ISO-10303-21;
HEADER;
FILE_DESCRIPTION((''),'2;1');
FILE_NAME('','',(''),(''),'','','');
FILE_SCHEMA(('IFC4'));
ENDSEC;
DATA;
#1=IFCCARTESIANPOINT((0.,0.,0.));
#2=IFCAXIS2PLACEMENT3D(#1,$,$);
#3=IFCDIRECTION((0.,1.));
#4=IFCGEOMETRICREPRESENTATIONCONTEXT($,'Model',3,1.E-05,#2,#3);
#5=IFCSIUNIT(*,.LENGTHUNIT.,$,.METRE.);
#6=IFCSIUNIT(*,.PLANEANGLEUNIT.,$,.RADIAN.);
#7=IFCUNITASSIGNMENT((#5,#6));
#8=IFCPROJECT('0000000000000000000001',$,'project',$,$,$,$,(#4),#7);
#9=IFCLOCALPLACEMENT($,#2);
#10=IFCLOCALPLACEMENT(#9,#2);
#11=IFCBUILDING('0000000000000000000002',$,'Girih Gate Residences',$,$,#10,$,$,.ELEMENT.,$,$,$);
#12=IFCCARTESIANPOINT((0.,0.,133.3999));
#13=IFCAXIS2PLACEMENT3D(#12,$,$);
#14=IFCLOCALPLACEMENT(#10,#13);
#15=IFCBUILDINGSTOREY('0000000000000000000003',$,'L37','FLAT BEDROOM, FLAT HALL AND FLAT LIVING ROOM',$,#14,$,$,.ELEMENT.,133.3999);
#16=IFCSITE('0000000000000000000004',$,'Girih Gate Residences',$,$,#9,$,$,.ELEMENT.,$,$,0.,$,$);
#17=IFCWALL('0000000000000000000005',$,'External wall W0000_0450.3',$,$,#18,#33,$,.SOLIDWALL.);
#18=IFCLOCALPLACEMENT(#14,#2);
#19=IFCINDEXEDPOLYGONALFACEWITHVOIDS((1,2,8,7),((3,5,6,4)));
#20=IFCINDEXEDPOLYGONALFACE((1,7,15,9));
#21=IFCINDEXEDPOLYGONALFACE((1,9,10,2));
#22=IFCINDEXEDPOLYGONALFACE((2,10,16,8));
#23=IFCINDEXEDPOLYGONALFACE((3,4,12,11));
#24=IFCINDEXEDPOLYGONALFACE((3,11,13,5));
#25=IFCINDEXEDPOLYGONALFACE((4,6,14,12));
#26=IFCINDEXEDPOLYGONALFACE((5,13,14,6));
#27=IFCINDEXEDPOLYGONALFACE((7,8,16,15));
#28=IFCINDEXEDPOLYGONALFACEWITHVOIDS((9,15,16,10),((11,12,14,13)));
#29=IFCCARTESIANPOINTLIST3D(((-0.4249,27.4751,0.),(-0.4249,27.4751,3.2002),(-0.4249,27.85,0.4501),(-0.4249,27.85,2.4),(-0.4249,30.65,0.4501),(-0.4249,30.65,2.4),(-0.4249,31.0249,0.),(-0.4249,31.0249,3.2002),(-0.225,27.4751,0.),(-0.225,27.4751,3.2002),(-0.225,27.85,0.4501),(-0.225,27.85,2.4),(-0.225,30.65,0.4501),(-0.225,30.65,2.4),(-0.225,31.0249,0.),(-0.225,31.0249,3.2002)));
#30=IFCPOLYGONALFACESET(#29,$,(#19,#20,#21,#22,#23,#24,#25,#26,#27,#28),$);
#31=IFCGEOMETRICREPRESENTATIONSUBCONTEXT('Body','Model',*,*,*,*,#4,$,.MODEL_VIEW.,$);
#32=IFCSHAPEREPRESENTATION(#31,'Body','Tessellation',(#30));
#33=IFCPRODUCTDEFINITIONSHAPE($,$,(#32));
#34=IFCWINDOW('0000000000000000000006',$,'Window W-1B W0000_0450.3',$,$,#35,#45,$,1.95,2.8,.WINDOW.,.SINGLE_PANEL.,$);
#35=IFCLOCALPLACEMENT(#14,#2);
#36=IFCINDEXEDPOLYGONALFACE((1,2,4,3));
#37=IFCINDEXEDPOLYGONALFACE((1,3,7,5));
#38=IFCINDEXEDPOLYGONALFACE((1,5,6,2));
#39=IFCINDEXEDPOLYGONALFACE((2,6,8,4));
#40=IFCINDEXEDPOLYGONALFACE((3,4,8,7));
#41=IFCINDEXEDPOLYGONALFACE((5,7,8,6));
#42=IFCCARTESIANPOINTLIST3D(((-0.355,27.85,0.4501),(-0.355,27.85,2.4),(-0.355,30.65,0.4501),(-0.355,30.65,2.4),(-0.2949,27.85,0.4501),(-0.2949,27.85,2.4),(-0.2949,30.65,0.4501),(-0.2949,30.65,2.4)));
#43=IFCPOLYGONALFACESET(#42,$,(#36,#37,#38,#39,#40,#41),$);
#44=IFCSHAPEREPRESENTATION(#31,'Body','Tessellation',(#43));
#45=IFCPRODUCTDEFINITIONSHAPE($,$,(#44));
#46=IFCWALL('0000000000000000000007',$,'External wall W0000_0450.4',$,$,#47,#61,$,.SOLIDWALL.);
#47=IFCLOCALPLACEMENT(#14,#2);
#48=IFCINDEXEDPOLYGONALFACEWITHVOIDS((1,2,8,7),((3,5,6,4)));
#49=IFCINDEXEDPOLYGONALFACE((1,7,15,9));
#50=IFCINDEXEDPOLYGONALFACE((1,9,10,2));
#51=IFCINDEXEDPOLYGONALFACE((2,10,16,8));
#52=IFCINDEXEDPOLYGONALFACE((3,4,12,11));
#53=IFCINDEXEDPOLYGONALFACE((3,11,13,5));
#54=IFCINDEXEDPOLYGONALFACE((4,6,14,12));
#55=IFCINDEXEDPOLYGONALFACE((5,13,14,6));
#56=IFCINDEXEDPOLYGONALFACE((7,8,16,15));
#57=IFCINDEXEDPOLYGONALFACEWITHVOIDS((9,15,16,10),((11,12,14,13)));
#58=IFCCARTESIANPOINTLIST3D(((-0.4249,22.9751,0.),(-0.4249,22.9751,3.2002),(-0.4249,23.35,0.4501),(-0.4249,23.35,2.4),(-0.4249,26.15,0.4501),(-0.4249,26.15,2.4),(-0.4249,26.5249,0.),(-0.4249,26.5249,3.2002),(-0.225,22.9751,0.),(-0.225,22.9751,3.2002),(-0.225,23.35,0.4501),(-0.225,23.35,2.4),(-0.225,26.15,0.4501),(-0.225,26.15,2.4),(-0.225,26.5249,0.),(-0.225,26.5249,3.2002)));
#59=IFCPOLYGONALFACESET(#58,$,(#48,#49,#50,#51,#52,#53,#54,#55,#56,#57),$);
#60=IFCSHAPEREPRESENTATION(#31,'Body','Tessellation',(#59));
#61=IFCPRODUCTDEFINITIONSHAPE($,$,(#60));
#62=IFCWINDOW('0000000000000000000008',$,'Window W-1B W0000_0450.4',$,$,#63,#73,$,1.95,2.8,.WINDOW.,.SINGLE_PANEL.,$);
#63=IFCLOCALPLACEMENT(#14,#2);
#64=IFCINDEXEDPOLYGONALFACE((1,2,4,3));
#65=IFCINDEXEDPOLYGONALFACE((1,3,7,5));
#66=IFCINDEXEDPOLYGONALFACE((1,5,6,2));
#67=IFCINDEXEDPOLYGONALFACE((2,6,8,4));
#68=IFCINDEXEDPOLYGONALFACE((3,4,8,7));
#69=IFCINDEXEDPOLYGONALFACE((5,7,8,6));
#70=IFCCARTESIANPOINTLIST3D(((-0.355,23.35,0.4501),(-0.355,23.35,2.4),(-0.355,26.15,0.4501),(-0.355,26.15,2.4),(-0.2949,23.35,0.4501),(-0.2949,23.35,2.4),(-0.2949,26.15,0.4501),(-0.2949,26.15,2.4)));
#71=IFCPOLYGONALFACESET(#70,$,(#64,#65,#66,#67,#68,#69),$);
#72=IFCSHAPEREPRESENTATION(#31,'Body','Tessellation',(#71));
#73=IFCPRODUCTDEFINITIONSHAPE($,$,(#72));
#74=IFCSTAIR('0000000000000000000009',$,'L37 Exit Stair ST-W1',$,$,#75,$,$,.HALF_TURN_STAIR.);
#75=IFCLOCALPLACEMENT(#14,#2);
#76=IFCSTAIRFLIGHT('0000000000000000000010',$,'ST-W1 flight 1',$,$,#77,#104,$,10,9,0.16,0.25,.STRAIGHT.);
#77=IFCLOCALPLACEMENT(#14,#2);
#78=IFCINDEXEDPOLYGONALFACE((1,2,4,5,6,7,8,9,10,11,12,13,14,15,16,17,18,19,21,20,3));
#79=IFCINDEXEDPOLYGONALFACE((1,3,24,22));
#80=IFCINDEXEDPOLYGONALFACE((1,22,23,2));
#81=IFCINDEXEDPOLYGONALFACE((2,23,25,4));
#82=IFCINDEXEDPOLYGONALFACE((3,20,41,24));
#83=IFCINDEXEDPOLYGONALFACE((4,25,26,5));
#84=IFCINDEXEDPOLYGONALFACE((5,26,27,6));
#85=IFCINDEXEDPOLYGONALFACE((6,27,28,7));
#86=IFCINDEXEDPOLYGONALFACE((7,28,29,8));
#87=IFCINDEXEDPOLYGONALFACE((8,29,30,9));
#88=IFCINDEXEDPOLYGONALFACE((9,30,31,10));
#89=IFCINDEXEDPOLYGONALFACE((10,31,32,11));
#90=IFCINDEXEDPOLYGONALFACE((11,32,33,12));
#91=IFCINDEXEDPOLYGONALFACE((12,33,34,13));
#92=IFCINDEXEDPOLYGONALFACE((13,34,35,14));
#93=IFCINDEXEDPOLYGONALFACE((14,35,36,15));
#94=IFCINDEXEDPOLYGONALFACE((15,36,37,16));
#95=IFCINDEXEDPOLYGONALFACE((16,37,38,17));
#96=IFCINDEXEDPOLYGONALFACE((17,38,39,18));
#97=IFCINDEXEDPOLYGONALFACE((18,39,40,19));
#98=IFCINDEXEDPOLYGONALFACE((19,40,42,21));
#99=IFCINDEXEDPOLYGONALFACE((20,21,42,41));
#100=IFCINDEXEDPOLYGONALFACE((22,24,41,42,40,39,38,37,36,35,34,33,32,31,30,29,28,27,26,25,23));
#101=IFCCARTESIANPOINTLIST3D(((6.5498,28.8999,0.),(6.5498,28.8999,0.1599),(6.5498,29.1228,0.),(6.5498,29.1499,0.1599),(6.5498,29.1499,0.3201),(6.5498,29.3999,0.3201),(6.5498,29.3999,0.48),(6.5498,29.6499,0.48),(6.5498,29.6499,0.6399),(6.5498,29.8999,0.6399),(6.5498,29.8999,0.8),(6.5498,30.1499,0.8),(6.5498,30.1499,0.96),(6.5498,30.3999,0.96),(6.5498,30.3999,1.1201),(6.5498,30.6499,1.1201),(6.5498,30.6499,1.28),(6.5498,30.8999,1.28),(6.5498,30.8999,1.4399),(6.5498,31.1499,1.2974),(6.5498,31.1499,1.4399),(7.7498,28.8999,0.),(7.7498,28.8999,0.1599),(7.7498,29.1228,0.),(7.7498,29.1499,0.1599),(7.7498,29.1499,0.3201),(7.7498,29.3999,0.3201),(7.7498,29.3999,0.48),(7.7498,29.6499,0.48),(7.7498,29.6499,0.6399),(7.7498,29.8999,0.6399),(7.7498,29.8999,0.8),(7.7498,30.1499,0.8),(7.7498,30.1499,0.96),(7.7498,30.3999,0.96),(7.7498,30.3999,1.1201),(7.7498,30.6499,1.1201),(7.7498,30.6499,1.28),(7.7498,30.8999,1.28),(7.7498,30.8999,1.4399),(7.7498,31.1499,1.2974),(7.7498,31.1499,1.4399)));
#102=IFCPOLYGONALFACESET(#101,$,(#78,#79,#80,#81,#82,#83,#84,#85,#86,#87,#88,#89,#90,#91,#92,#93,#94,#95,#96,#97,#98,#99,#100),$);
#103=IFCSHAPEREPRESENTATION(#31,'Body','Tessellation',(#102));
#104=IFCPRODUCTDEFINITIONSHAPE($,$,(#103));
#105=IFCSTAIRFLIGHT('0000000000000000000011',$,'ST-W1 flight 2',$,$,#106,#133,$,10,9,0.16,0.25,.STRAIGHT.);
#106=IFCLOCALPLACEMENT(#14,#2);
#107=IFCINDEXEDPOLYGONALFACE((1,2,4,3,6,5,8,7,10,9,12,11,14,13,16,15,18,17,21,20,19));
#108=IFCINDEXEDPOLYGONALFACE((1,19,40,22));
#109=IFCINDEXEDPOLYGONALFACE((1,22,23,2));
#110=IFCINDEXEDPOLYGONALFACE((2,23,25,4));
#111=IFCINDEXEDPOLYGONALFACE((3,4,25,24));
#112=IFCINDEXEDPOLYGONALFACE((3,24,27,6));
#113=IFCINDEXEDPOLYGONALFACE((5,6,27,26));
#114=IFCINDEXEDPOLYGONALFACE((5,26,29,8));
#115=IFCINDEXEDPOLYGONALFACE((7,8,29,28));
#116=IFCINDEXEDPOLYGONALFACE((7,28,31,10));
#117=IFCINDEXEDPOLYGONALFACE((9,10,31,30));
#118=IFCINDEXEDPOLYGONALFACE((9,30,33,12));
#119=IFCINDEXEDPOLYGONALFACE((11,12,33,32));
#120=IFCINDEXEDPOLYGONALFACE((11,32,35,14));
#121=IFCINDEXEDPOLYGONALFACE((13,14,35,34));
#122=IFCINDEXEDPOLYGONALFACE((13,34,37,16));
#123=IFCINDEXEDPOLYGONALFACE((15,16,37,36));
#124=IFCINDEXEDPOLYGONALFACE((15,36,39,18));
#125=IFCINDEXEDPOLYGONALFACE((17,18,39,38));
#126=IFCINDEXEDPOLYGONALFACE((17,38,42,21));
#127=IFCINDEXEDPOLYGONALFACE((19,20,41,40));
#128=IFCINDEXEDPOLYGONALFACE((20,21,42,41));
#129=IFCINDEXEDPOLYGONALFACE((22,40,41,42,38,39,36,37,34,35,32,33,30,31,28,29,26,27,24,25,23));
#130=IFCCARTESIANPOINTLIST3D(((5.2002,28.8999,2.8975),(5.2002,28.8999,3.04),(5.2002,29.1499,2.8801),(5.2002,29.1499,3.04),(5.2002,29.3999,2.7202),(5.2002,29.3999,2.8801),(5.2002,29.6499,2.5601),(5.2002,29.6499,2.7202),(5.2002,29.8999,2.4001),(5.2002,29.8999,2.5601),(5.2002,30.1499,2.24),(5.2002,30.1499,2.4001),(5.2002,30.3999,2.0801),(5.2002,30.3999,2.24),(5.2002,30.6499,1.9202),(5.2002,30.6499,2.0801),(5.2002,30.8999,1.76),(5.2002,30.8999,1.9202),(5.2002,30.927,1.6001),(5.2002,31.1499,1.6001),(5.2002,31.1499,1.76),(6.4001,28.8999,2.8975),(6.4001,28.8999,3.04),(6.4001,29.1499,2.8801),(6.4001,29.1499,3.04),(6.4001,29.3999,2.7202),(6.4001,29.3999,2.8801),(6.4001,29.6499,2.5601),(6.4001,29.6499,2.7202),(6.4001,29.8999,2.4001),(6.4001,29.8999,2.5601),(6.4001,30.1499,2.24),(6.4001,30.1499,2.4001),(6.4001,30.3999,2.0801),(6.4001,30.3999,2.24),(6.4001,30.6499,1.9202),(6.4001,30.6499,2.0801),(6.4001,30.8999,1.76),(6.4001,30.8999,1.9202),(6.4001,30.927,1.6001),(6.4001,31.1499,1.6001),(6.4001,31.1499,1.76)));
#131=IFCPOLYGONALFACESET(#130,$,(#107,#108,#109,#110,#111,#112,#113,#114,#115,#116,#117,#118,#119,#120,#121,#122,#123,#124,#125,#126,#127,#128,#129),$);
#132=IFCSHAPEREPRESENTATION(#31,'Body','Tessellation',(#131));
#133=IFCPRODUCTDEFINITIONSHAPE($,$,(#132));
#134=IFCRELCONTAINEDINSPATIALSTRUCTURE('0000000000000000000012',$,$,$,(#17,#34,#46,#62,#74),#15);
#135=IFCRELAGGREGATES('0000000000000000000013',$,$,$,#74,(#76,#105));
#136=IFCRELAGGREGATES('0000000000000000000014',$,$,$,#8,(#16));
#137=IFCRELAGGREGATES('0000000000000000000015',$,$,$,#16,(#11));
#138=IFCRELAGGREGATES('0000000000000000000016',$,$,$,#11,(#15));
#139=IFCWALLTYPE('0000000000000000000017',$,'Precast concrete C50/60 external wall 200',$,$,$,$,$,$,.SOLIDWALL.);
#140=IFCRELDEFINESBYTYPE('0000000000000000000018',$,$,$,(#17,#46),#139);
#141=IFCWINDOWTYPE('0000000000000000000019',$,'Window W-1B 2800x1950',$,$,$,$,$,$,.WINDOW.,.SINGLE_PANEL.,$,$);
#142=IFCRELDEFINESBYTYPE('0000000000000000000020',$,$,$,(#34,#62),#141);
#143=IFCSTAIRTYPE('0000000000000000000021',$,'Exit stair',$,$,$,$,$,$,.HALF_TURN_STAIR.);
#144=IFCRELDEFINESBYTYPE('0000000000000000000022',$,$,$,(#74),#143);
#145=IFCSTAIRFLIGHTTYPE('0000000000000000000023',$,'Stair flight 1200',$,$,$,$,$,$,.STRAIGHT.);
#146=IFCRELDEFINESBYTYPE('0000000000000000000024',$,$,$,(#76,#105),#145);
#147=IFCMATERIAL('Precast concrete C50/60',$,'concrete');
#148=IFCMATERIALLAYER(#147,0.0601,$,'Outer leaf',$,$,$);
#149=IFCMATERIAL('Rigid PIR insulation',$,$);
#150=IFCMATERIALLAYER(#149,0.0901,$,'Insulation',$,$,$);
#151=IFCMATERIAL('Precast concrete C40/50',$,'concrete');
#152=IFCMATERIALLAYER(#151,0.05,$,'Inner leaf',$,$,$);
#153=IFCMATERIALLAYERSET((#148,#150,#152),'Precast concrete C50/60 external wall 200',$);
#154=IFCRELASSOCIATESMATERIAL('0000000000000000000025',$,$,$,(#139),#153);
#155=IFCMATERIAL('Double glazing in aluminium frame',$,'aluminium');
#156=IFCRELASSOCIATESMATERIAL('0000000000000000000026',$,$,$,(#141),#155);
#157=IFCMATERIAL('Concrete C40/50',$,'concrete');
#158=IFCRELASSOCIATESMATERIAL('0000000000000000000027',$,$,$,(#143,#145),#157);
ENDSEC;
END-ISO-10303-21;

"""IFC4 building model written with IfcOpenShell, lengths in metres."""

from ifc_helpers import new_model, si_unit, direction, frame, frame_2d, origin, place, context, subcontext, project, spatial, polyline, rectangle, outline, extrude, material, layer, layer_set, type_object, element, fill, aggregate, save


model = new_model("IFC4")

# Units and contexts
model_context = context("Model", 3, precision=1e-05, world=origin(), true_north=direction((0.0, 1.0)))
body_context = subcontext(model_context, "Body", "Model", "MODEL_VIEW")
ifc_project = project(units=[si_unit("LENGTHUNIT", "METRE"), si_unit("PLANEANGLEUNIT", "RADIAN")], contexts=[model_context])

# Site, building, storey
site_placement = place(None, origin())
site = spatial("IfcSite", under=ifc_project, at=site_placement, Name="Girih Gate Residences", CompositionType="ELEMENT", RefElevation=0.0)
building_placement = place(site_placement, origin())
building = spatial("IfcBuilding", under=site, at=building_placement, Name="Girih Gate Residences", CompositionType="ELEMENT")
storey_placement = place(building_placement, frame((0.0, 0.0, 133.3999)))
storey = spatial("IfcBuildingStorey", under=building, at=storey_placement, Name="L37", Description="FLAT BEDROOM, FLAT HALL AND FLAT LIVING ROOM", CompositionType="ELEMENT", Elevation=133.3999)

# Walls, openings, windows
ifc_material_1 = material(Name="Precast concrete C50/60", Category="concrete")
ifc_layer_1 = layer(ifc_material_1, 0.0601, Name="Outer leaf")
ifc_material_2 = material(Name="Rigid PIR insulation")
ifc_layer_2 = layer(ifc_material_2, 0.0901, Name="Insulation")
ifc_material_3 = material(Name="Precast concrete C40/50", Category="concrete")
ifc_layer_3 = layer(ifc_material_3, 0.05, Name="Inner leaf")
ifc_layer_set_1 = layer_set([ifc_layer_1, ifc_layer_2, ifc_layer_3], Name="Precast concrete C50/60 external wall 200")
wall_type_1 = type_object("IfcWallType", Name="Precast concrete C50/60 external wall 200", PredefinedType="SOLIDWALL", material=ifc_layer_set_1)
wall_1_placement = place(storey_placement, frame((-0.325, 27.4751, 0.0), z_axis=(0.0, 0.0, 1.0), x_axis=(0.0, 1.0, 0.0)))
wall_1 = element("IfcWall", 1, at=wall_1_placement, inside=storey, type_object=wall_type_1, Name="External wall W0000_0450.3", PredefinedType="SOLIDWALL", context=body_context, shape_type="SweptSolid", body=[
    extrude(rectangle(XDim=3.5498, YDim=0.2, at=frame_2d((1.7749, 0.0))), origin(), (0.0, 0.0, 1.0), 3.2002),
])
opening_1_placement = place(wall_1_placement, frame((0.375, 0.0, 0.45)))
opening_1 = element("IfcOpeningElement", 2, at=opening_1_placement, cuts=wall_1, PredefinedType="OPENING", context=body_context, shape_type="SweptSolid", body=[
    extrude(rectangle(XDim=2.8, YDim=1.95, at=frame_2d((1.3999, 0.9751))), frame((0.0, 0.1099, 0.0), z_axis=(0.0, -1.0, 0.0), x_axis=(1.0, 0.0, 0.0)), (0.0, 0.0, 1.0), 0.22),
])
ifc_material_4 = material(Name="Double glazing in aluminium frame", Category="aluminium")
window_type = type_object("IfcWindowType", Name="Window W-1B 2800x1950", PartitioningType="SINGLE_PANEL", PredefinedType="WINDOW", material=ifc_material_4)
window_1_placement = place(opening_1_placement, origin())
window_1 = element("IfcWindow", 3, at=window_1_placement, inside=storey, type_object=window_type, Name="Window W-1B W0000_0450.3", OverallHeight=1.95, OverallWidth=2.8, PartitioningType="SINGLE_PANEL", PredefinedType="WINDOW", context=body_context, shape_type="SweptSolid", body=[
    extrude(rectangle(XDim=2.8, YDim=1.95, at=frame_2d((1.3999, 0.9751))), frame((0.0, 0.03, 0.0), z_axis=(0.0, -1.0, 0.0), x_axis=(1.0, 0.0, 0.0)), (0.0, 0.0, 1.0), 0.0601),
])
fill(opening_1, window_1)
wall_2_placement = place(storey_placement, frame((-0.325, 22.9751, 0.0), z_axis=(0.0, 0.0, 1.0), x_axis=(0.0, 1.0, 0.0)))
wall_2 = element("IfcWall", 4, at=wall_2_placement, inside=storey, type_object=wall_type_1, Name="External wall W0000_0450.4", PredefinedType="SOLIDWALL", context=body_context, shape_type="SweptSolid", body=[
    extrude(rectangle(XDim=3.5498, YDim=0.2, at=frame_2d((1.7749, 0.0))), origin(), (0.0, 0.0, 1.0), 3.2002),
])
opening_2_placement = place(wall_2_placement, frame((0.375, 0.0, 0.45)))
opening_2 = element("IfcOpeningElement", 5, at=opening_2_placement, cuts=wall_2, PredefinedType="OPENING", context=body_context, shape_type="SweptSolid", body=[
    extrude(rectangle(XDim=2.8, YDim=1.95, at=frame_2d((1.3999, 0.9751))), frame((0.0, 0.1099, 0.0), z_axis=(0.0, -1.0, 0.0), x_axis=(1.0, 0.0, 0.0)), (0.0, 0.0, 1.0), 0.22),
])
window_2_placement = place(opening_2_placement, origin())
window_2 = element("IfcWindow", 6, at=window_2_placement, inside=storey, type_object=window_type, Name="Window W-1B W0000_0450.4", OverallHeight=1.95, OverallWidth=2.8, PartitioningType="SINGLE_PANEL", PredefinedType="WINDOW", context=body_context, shape_type="SweptSolid", body=[
    extrude(rectangle(XDim=2.8, YDim=1.95, at=frame_2d((1.3999, 0.9751))), frame((0.0, 0.03, 0.0), z_axis=(0.0, -1.0, 0.0), x_axis=(1.0, 0.0, 0.0)), (0.0, 0.0, 1.0), 0.0601),
])
fill(opening_2, window_2)

# Stair, stair flights
ifc_material_5 = material(Name="Concrete C40/50", Category="concrete")
stair_type = type_object("IfcStairType", Name="Exit stair", PredefinedType="HALF_TURN_STAIR", material=ifc_material_5)
stair_placement = place(storey_placement, origin())
stair = element("IfcStair", 7, at=stair_placement, inside=storey, type_object=stair_type, Name="L37 Exit Stair ST-W1", PredefinedType="HALF_TURN_STAIR")
stair_flight_type = type_object("IfcStairFlightType", Name="Stair flight 1200", PredefinedType="STRAIGHT", material=ifc_material_5)
stair_flight_1_placement = place(storey_placement, frame((7.1499, 28.8999, 0.0), z_axis=(0.0, 0.0, 1.0), x_axis=(0.0, 1.0, 0.0)))
stair_flight_1 = element("IfcStairFlight", 8, at=stair_flight_1_placement, type_object=stair_flight_type, Name="ST-W1 flight 1", NumberOfRisers=10, NumberOfTreads=9, PredefinedType="STRAIGHT", RiserHeight=0.16, TreadLength=0.25, context=body_context, shape_type="SweptSolid", body=[
    extrude(outline(polyline([(0.0, 0.0), (0.0, 0.1599), (0.25, 0.1599), (0.25, 0.3201), (0.5, 0.3201), (0.5, 0.48), (0.75, 0.48), (0.75, 0.6399), (1.0, 0.6399), (1.0, 0.8), (1.25, 0.8), (1.25, 0.96), (1.5, 0.96), (1.5, 1.1201), (1.75, 1.1201), (1.75, 1.28), (2.0, 1.28), (2.0, 1.4399), (2.25, 1.4399), (2.25, 1.6001), (2.25, 1.2974), (0.2229, 0.0), (0.0, 0.0)])), frame((0.0, 0.6001, 0.0), z_axis=(0.0, -1.0, 0.0), x_axis=(1.0, 0.0, 0.0)), (0.0, 0.0, 1.0), 1.2),
])
stair_flight_2_placement = place(storey_placement, frame((5.8, 31.1499, 1.6001), z_axis=(0.0, 0.0, 1.0), x_axis=(0.0, -1.0, 0.0)))
stair_flight_2 = element("IfcStairFlight", 9, at=stair_flight_2_placement, type_object=stair_flight_type, Name="ST-W1 flight 2", NumberOfRisers=10, NumberOfTreads=9, PredefinedType="STRAIGHT", RiserHeight=0.16, TreadLength=0.25, context=body_context, shape_type="SweptSolid", body=[
    extrude(outline(polyline([(0.0, 0.0), (0.0, 0.1599), (0.25, 0.1599), (0.25, 0.3201), (0.5, 0.3201), (0.5, 0.48), (0.75, 0.48), (0.75, 0.6399), (1.0, 0.6399), (1.0, 0.8), (1.25, 0.8), (1.25, 0.96), (1.5, 0.96), (1.5, 1.1201), (1.75, 1.1201), (1.75, 1.28), (2.0, 1.28), (2.0, 1.4399), (2.25, 1.4399), (2.25, 1.6001), (2.25, 1.2974), (0.2229, 0.0), (0.0, 0.0)])), frame((0.0, 0.6001, 0.0), z_axis=(0.0, -1.0, 0.0), x_axis=(1.0, 0.0, 0.0)), (0.0, 0.0, 1.0), 1.2),
])
aggregate(stair, [stair_flight_1, stair_flight_2])

save(model, "model.ifc")
